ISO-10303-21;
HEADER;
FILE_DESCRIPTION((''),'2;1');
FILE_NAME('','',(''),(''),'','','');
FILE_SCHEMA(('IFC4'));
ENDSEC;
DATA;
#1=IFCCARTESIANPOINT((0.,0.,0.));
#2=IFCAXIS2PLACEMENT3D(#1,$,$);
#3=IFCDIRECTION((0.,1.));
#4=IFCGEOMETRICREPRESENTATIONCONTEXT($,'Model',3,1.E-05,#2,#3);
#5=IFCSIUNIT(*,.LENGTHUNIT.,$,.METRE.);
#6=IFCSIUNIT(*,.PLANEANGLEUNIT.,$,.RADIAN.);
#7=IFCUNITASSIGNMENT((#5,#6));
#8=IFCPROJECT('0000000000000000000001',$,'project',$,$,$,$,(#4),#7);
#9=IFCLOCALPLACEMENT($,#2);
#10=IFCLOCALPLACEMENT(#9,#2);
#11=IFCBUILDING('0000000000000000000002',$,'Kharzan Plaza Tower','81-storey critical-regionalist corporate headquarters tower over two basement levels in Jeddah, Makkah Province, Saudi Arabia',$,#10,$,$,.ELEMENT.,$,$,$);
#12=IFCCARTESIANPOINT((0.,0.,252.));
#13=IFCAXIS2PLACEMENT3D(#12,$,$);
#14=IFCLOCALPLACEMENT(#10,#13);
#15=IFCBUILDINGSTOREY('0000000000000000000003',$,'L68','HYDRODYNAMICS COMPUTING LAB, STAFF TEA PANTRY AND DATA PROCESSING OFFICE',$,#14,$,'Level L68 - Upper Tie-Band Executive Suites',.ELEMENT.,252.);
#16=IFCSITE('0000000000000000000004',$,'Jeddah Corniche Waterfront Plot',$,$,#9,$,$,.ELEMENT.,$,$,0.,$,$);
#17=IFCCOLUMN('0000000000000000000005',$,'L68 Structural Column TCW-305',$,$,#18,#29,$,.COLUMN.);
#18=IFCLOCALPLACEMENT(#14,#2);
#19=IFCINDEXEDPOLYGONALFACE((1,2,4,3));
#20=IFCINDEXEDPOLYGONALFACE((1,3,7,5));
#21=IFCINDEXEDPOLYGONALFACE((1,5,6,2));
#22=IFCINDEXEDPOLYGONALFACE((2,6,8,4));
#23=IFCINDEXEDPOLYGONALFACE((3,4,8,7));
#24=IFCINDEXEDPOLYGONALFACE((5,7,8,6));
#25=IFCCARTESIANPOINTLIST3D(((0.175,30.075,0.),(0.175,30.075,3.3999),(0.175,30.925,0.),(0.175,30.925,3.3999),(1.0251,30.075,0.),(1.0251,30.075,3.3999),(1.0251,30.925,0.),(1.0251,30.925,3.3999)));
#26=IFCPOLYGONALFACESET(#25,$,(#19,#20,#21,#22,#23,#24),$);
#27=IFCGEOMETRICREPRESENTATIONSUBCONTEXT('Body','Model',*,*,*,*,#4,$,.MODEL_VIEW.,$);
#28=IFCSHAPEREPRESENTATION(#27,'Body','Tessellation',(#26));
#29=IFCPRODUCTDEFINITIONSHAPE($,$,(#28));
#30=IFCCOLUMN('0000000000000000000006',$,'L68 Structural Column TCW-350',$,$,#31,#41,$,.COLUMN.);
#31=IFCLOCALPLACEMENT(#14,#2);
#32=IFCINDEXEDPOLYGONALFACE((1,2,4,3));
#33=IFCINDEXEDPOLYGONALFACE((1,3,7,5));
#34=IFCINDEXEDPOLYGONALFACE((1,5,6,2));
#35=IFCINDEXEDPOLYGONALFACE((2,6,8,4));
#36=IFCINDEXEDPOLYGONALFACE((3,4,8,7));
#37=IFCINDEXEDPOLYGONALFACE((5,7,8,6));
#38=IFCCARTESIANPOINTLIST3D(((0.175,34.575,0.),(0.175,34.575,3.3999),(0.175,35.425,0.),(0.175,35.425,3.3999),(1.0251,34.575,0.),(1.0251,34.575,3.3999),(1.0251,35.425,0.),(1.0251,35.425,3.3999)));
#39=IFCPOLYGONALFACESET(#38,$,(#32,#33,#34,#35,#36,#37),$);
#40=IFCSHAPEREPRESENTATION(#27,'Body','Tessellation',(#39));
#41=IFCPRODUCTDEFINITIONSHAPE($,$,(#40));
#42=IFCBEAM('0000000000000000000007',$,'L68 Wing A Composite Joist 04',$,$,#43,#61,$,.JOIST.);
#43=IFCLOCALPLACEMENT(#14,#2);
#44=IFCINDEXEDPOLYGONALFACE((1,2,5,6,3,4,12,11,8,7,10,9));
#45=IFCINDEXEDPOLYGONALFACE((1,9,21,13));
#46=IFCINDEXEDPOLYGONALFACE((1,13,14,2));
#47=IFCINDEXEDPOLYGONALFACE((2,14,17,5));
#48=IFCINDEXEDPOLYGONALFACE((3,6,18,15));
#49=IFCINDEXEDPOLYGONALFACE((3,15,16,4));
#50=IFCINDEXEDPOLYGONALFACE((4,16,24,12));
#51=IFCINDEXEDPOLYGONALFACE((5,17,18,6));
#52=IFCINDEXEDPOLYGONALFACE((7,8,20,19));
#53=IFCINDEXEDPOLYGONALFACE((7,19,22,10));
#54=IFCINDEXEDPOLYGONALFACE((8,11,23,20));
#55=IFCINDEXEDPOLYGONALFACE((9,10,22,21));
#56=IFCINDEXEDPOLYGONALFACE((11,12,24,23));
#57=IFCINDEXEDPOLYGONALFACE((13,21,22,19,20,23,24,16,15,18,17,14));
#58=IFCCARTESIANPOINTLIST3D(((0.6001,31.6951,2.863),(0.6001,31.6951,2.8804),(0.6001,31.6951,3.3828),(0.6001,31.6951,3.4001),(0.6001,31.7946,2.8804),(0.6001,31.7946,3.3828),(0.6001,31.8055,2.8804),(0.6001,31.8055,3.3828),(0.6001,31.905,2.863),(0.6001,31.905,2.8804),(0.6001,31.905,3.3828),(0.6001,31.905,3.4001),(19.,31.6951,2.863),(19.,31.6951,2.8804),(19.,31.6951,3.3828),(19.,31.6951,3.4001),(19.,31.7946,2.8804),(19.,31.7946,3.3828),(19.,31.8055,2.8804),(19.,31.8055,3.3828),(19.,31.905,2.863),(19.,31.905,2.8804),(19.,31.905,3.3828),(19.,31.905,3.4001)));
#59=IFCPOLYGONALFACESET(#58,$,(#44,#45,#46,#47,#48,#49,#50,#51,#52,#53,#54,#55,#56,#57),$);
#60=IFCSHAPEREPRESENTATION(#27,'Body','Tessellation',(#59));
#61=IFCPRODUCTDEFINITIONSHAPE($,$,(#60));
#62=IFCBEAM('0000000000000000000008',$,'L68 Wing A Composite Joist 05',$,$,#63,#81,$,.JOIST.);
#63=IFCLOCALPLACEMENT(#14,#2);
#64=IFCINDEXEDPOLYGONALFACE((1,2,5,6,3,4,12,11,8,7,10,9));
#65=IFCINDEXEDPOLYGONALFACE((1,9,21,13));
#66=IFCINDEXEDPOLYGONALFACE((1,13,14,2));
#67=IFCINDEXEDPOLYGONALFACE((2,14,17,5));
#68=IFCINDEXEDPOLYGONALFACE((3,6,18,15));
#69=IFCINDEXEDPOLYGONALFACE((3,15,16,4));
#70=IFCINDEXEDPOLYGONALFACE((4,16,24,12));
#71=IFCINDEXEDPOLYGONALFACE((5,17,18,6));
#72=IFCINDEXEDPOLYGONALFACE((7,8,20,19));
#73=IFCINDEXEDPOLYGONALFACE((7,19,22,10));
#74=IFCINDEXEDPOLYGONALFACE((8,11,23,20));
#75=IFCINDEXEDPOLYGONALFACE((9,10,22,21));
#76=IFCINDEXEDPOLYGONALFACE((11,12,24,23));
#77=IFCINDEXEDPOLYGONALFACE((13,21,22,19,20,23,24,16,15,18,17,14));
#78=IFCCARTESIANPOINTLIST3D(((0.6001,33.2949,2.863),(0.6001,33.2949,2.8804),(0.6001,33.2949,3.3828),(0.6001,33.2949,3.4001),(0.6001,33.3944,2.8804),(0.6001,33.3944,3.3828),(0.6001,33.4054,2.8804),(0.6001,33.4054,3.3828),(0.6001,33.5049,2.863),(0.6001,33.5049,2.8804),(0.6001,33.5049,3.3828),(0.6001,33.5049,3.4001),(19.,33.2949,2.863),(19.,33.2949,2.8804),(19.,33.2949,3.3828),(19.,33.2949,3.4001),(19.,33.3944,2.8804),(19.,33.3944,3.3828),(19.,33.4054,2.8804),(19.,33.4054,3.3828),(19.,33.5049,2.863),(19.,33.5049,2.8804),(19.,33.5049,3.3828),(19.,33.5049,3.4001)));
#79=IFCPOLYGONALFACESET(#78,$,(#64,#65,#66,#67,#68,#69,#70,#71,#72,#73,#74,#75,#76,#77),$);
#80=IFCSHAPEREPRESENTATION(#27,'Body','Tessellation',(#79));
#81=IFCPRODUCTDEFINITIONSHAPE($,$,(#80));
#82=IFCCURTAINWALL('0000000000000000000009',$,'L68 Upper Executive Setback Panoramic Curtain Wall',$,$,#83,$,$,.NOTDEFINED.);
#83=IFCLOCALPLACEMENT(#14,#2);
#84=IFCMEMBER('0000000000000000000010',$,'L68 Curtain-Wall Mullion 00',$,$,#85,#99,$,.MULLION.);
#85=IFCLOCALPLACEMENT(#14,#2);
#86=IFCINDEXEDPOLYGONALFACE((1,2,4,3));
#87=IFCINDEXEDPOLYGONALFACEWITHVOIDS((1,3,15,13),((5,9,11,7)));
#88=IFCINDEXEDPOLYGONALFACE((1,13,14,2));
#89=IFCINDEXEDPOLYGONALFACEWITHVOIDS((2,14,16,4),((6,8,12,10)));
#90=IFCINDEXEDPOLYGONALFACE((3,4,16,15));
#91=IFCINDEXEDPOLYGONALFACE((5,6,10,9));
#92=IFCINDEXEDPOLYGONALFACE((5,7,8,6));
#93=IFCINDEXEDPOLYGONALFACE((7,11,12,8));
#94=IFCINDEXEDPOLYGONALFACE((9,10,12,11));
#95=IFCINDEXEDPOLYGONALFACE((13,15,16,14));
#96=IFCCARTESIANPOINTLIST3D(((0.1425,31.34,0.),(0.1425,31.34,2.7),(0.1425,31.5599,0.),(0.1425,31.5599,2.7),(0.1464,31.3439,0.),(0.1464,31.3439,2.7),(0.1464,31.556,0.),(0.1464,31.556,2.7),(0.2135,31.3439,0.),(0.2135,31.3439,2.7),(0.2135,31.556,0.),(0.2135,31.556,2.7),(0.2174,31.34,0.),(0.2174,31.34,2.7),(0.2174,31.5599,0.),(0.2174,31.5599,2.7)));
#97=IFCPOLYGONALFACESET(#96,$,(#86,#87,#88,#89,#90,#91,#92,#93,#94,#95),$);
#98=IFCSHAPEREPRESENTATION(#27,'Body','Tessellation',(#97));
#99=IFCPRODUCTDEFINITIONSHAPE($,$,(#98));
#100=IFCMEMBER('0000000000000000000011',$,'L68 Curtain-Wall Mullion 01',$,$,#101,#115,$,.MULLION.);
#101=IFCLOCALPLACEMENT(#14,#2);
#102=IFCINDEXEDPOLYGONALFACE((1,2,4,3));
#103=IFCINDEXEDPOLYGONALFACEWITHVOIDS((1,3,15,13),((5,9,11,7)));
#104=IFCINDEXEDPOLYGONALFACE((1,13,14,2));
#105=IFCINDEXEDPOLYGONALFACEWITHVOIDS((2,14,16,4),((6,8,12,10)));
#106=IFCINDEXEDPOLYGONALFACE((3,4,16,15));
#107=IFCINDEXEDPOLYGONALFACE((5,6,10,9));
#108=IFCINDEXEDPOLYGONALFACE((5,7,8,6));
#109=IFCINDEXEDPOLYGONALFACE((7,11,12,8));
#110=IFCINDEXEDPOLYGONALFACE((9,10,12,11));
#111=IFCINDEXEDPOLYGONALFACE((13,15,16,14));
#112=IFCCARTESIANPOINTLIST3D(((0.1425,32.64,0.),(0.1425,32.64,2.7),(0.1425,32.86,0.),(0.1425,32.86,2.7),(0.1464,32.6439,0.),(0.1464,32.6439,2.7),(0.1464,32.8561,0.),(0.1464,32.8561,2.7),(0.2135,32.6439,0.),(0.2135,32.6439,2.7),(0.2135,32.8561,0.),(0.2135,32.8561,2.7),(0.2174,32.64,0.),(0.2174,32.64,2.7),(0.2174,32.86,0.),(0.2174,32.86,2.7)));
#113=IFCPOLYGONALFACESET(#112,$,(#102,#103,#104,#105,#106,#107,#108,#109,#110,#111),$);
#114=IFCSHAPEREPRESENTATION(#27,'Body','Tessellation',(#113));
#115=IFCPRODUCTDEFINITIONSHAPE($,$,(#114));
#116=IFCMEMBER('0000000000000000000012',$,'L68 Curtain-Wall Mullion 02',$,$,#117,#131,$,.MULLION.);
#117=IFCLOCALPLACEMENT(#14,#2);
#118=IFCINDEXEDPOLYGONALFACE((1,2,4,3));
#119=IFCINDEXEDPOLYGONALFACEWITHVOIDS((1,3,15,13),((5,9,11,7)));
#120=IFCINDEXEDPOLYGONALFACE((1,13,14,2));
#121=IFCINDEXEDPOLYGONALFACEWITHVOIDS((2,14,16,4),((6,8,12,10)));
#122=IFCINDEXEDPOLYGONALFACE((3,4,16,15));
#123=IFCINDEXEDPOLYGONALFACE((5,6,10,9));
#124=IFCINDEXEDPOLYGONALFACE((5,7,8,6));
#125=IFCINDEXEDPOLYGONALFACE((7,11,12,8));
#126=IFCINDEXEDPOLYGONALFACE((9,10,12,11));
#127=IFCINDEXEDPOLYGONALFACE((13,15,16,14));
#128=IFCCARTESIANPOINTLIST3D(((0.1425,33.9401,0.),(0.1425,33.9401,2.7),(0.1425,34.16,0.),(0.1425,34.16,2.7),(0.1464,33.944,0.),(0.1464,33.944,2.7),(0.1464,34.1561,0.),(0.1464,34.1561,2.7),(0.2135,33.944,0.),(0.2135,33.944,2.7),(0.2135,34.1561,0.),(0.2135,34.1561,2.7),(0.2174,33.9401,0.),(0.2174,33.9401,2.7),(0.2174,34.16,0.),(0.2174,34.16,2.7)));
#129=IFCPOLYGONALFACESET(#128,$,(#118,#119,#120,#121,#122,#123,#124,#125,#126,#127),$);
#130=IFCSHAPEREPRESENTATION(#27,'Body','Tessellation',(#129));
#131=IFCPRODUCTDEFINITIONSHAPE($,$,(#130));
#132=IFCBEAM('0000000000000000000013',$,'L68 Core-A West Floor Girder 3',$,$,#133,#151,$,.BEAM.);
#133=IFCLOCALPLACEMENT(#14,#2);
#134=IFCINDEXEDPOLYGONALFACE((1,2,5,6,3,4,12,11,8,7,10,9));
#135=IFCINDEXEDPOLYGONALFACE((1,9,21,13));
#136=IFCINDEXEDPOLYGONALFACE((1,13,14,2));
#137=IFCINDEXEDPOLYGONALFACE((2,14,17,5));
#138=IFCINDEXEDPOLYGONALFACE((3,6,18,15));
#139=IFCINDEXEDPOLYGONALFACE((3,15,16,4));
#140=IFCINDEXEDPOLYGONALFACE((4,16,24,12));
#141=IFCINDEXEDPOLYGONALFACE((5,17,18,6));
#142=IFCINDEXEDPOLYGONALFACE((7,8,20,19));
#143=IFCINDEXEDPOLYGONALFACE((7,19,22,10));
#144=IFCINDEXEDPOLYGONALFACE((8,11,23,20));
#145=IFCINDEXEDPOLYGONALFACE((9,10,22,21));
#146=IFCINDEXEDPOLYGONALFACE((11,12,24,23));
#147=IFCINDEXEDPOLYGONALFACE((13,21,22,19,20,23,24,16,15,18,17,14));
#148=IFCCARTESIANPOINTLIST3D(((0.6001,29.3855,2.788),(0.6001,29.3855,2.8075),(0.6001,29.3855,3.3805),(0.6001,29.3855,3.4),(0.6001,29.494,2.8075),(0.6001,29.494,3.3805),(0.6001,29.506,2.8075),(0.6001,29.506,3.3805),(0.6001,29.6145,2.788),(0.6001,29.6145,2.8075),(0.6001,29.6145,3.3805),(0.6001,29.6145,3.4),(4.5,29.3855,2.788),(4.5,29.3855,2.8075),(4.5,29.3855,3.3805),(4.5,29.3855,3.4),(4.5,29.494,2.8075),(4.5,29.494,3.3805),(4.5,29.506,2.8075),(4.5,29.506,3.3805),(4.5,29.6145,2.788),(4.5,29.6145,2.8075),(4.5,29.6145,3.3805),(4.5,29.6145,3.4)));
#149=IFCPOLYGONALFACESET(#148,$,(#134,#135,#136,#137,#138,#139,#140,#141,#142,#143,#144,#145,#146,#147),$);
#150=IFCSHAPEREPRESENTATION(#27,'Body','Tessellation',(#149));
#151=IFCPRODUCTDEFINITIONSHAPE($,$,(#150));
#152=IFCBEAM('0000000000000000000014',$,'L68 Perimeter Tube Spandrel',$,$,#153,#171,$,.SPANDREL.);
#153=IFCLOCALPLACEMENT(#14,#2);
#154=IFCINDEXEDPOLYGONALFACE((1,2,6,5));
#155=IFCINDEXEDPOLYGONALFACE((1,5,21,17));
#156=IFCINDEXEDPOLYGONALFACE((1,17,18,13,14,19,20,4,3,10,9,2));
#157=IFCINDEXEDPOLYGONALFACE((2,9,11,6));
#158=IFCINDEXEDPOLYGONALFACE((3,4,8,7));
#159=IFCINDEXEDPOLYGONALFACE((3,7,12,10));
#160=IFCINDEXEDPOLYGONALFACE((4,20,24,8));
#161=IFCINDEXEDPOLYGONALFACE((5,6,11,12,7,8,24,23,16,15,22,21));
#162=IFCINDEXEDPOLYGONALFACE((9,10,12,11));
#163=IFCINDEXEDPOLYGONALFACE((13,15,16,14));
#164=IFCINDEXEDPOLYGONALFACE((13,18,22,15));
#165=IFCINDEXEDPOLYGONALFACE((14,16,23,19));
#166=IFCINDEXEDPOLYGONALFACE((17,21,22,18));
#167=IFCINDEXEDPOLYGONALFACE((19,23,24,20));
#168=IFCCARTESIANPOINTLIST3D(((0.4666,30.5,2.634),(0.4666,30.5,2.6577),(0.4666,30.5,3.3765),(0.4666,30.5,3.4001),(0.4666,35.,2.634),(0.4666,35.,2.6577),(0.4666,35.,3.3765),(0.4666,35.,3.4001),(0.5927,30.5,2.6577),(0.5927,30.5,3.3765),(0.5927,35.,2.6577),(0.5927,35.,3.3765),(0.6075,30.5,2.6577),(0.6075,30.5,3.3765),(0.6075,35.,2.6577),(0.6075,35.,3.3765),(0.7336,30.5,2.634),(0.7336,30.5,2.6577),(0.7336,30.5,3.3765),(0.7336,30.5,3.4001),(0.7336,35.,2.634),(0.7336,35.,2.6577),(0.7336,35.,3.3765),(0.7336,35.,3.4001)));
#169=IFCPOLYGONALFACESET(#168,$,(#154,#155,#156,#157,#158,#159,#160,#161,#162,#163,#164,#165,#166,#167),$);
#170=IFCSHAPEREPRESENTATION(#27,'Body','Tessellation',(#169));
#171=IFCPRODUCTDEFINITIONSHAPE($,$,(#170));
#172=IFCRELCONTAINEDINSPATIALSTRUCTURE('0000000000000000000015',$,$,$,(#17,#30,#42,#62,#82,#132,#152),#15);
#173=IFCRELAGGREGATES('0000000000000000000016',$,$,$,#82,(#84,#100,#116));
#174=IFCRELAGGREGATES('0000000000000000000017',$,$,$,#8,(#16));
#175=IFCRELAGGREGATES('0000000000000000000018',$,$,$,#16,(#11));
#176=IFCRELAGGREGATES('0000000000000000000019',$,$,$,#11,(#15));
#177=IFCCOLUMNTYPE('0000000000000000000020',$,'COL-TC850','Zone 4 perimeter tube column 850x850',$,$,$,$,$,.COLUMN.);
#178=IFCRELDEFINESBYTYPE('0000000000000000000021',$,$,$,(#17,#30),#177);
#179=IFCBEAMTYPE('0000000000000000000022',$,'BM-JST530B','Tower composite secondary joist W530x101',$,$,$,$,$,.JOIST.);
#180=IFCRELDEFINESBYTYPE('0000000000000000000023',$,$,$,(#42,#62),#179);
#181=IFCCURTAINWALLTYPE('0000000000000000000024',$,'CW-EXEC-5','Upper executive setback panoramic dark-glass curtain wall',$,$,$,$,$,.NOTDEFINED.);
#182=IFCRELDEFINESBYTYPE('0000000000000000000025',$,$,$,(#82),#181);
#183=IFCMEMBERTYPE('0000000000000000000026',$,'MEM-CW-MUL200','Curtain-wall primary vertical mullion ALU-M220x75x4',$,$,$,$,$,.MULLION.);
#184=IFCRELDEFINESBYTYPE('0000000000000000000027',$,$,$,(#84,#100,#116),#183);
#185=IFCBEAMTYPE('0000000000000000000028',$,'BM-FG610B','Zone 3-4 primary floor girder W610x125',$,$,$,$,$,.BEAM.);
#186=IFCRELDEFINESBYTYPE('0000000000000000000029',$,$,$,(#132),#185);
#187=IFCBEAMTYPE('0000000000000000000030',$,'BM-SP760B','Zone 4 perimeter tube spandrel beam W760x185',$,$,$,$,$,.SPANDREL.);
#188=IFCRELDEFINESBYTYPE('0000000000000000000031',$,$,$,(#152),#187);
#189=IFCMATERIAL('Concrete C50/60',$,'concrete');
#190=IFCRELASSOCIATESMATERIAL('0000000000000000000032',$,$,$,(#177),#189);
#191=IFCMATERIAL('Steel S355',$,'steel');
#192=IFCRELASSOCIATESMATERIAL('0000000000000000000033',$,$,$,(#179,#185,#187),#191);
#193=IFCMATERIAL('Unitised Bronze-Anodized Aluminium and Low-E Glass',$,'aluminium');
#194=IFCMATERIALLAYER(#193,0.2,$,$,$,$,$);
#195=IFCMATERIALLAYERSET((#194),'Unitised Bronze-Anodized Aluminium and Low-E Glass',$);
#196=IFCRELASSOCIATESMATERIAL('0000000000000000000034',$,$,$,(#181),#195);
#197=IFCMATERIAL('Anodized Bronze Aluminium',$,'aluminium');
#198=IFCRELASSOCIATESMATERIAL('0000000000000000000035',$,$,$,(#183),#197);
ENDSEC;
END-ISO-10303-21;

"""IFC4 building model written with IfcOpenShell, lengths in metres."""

from ifc_helpers import new_model, si_unit, direction, frame, origin, origin_2d, place, context, subcontext, project, spatial, rectangle, hollow_rectangle, i_section, extrude, source, transform, mapped, material, layer, layer_set, material_profile, profile_set, type_object, element, aggregate, save


model = new_model("IFC4")

# Units and contexts
model_context = context("Model", 3, precision=1e-05, world=origin(), true_north=direction((0.0, 1.0)))
body_context = subcontext(model_context, "Body", "Model", "MODEL_VIEW")
ifc_project = project(units=[si_unit("LENGTHUNIT", "METRE"), si_unit("PLANEANGLEUNIT", "RADIAN")], contexts=[model_context])

# Site, building, storey
site_placement = place(None, origin())
site = spatial("IfcSite", under=ifc_project, at=site_placement, Name="Jeddah Corniche Waterfront Plot", CompositionType="ELEMENT", RefElevation=0.0)
building_placement = place(site_placement, origin())
building = spatial("IfcBuilding", under=site, at=building_placement, Name="Kharzan Plaza Tower", Description="81-storey critical-regionalist corporate headquarters tower over two basement levels in Jeddah, Makkah Province, Saudi Arabia", CompositionType="ELEMENT")
storey_placement = place(building_placement, frame((0.0, 0.0, 252.0)))
storey = spatial("IfcBuildingStorey", under=building, at=storey_placement, Name="L68", Description="HYDRODYNAMICS COMPUTING LAB, STAFF TEA PANTRY AND DATA PROCESSING OFFICE", LongName="Level L68 - Upper Tie-Band Executive Suites", CompositionType="ELEMENT", Elevation=252.0)

# Columns
ifc_material_1 = material(Name="Concrete C50/60", Category="concrete")
ifc_material_profile_1 = material_profile(ifc_material_1, rectangle(XDim=0.8501, YDim=0.8501, at=origin_2d()), Name="RC-TC850x850")
ifc_profile_set_1 = profile_set([ifc_material_profile_1], Name="Concrete C50/60")
column_type = type_object("IfcColumnType", Name="COL-TC850", Description="Zone 4 perimeter tube column 850x850", PredefinedType="COLUMN", material=ifc_profile_set_1)
shared_shape_1 = source(origin(), body_context, "Body", "SweptSolid", [
    extrude(rectangle(XDim=0.8501, YDim=0.8501, at=origin_2d()), origin(), (0.0, 0.0, 1.0), 3.3999),
])
for number, where, z_axis, x_axis, name in (
    (1, (0.6001, 30.5, 0.0), (0.0, 0.0, 1.0), (1.0, 0.0, 0.0), "L68 Structural Column TCW-305"),
    (2, (0.6001, 35.0, 0.0), (0.0, 0.0, 1.0), (1.0, 0.0, 0.0), "L68 Structural Column TCW-350"),
):
    element("IfcColumn", number, at=place(storey_placement, frame(where, z_axis=z_axis, x_axis=x_axis)), inside=storey, type_object=column_type, Name=name, PredefinedType="COLUMN", context=body_context, shape_type="MappedRepresentation", body=[
        mapped(shared_shape_1, transform((0.0, 0.0, 0.0), x_axis=(1.0, 0.0, 0.0), y_axis=(0.0, 1.0, 0.0), z_axis=(0.0, 0.0, 1.0))),
    ])

# Beams
ifc_material_2 = material(Name="Steel S355", Category="steel")
ifc_material_profile_2 = material_profile(ifc_material_2, i_section(OverallWidth=0.21, OverallDepth=0.5371, WebThickness=0.011, FlangeThickness=0.0173, at=origin_2d()), Name="W530x101")
ifc_profile_set_2 = profile_set([ifc_material_profile_2], Name="Steel S355")
beam_type_1 = type_object("IfcBeamType", Name="BM-JST530B", Description="Tower composite secondary joist W530x101", PredefinedType="JOIST", material=ifc_profile_set_2)
shared_shape_2 = source(origin(), body_context, "Body", "SweptSolid", [
    extrude(i_section(OverallWidth=0.21, OverallDepth=0.5371, WebThickness=0.011, FlangeThickness=0.0173, at=origin_2d()), origin(), (0.0, 0.0, 1.0), 18.3999),
])
for number, where, z_axis, x_axis, name in (
    (3, (0.6001, 31.8, 3.1316), (1.0, 0.0, 0.0), (0.0, 1.0, 0.0), "L68 Wing A Composite Joist 04"),
    (4, (0.6001, 33.3999, 3.1316), (1.0, 0.0, 0.0), (0.0, 1.0, 0.0), "L68 Wing A Composite Joist 05"),
):
    element("IfcBeam", number, at=place(storey_placement, frame(where, z_axis=z_axis, x_axis=x_axis)), inside=storey, type_object=beam_type_1, Name=name, PredefinedType="JOIST", context=body_context, shape_type="MappedRepresentation", body=[
        mapped(shared_shape_2, transform((0.0, 0.0, 0.0), x_axis=(1.0, 0.0, 0.0), y_axis=(0.0, 1.0, 0.0), z_axis=(0.0, 0.0, 1.0))),
    ])

# Curtain wall, members
ifc_material_3 = material(Name="Unitised Bronze-Anodized Aluminium and Low-E Glass", Category="aluminium")
ifc_layer_1 = layer(ifc_material_3, 0.2)
ifc_layer_set_1 = layer_set([ifc_layer_1], Name="Unitised Bronze-Anodized Aluminium and Low-E Glass")
curtain_wall_type = type_object("IfcCurtainWallType", Name="CW-EXEC-5", Description="Upper executive setback panoramic dark-glass curtain wall", PredefinedType="NOTDEFINED", material=ifc_layer_set_1)
curtain_wall_placement = place(storey_placement, origin())
curtain_wall = element("IfcCurtainWall", 5, at=curtain_wall_placement, inside=storey, type_object=curtain_wall_type, Name="L68 Upper Executive Setback Panoramic Curtain Wall", PredefinedType="NOTDEFINED")
ifc_material_4 = material(Name="Anodized Bronze Aluminium", Category="aluminium")
ifc_material_profile_3 = material_profile(ifc_material_4, hollow_rectangle(XDim=0.075, YDim=0.22, WallThickness=0.0039, at=origin_2d()), Name="ALU-M220x75x4")
ifc_profile_set_3 = profile_set([ifc_material_profile_3], Name="Anodized Bronze Aluminium")
member_type_1 = type_object("IfcMemberType", Name="MEM-CW-MUL200", Description="Curtain-wall primary vertical mullion ALU-M220x75x4", PredefinedType="MULLION", material=ifc_profile_set_3)
shared_shape_3 = source(origin(), body_context, "Body", "SweptSolid", [
    extrude(hollow_rectangle(XDim=0.075, YDim=0.22, WallThickness=0.0039, at=origin_2d()), origin(), (0.0, 0.0, 1.0), 2.7),
])
member_1_placement = place(storey_placement, frame((0.1799, 31.45, 0.0), z_axis=(0.0, 0.0, 1.0), x_axis=(1.0, 0.0, 0.0)))
member_1 = element("IfcMember", 6, at=member_1_placement, type_object=member_type_1, Name="L68 Curtain-Wall Mullion 00", PredefinedType="MULLION", context=body_context, shape_type="MappedRepresentation", body=[
    mapped(shared_shape_3, transform((0.0, 0.0, 0.0), x_axis=(1.0, 0.0, 0.0), y_axis=(0.0, 1.0, 0.0), z_axis=(0.0, 0.0, 1.0))),
])
member_2_placement = place(storey_placement, frame((0.1799, 32.75, 0.0), z_axis=(0.0, 0.0, 1.0), x_axis=(1.0, 0.0, 0.0)))
member_2 = element("IfcMember", 7, at=member_2_placement, type_object=member_type_1, Name="L68 Curtain-Wall Mullion 01", PredefinedType="MULLION", context=body_context, shape_type="MappedRepresentation", body=[
    mapped(shared_shape_3, transform((0.0, 0.0, 0.0), x_axis=(1.0, 0.0, 0.0), y_axis=(0.0, 1.0, 0.0), z_axis=(0.0, 0.0, 1.0))),
])
member_3_placement = place(storey_placement, frame((0.1799, 34.05, 0.0), z_axis=(0.0, 0.0, 1.0), x_axis=(1.0, 0.0, 0.0)))
member_3 = element("IfcMember", 8, at=member_3_placement, type_object=member_type_1, Name="L68 Curtain-Wall Mullion 02", PredefinedType="MULLION", context=body_context, shape_type="MappedRepresentation", body=[
    mapped(shared_shape_3, transform((0.0, 0.0, 0.0), x_axis=(1.0, 0.0, 0.0), y_axis=(0.0, 1.0, 0.0), z_axis=(0.0, 0.0, 1.0))),
])

# Beams
ifc_material_profile_4 = material_profile(ifc_material_2, i_section(OverallWidth=0.229, OverallDepth=0.6121, WebThickness=0.012, FlangeThickness=0.0195, at=origin_2d()), Name="W610x125")
ifc_profile_set_4 = profile_set([ifc_material_profile_4], Name="Steel S355")
beam_type_2 = type_object("IfcBeamType", Name="BM-FG610B", Description="Zone 3-4 primary floor girder W610x125", PredefinedType="BEAM", material=ifc_profile_set_4)
shared_shape_4 = source(origin(), body_context, "Body", "SweptSolid", [
    extrude(i_section(OverallWidth=0.229, OverallDepth=0.6121, WebThickness=0.012, FlangeThickness=0.0195, at=origin_2d()), origin(), (0.0, 0.0, 1.0), 3.8999),
])
beam_1_placement = place(storey_placement, frame((0.6001, 29.5, 3.094), z_axis=(1.0, 0.0, 0.0), x_axis=(0.0, 1.0, 0.0)))
element("IfcBeam", 9, at=beam_1_placement, inside=storey, type_object=beam_type_2, Name="L68 Core-A West Floor Girder 3", PredefinedType="BEAM", context=body_context, shape_type="MappedRepresentation", body=[
    mapped(shared_shape_4, transform((0.0, 0.0, 0.0), x_axis=(1.0, 0.0, 0.0), y_axis=(0.0, 1.0, 0.0), z_axis=(0.0, 0.0, 1.0))),
])
ifc_material_profile_5 = material_profile(ifc_material_2, i_section(OverallWidth=0.2671, OverallDepth=0.7661, WebThickness=0.0149, FlangeThickness=0.0237, at=origin_2d()), Name="W760x185")
ifc_profile_set_5 = profile_set([ifc_material_profile_5], Name="Steel S355")
beam_type_3 = type_object("IfcBeamType", Name="BM-SP760B", Description="Zone 4 perimeter tube spandrel beam W760x185", PredefinedType="SPANDREL", material=ifc_profile_set_5)
shared_shape_5 = source(origin(), body_context, "Body", "SweptSolid", [
    extrude(i_section(OverallWidth=0.2671, OverallDepth=0.7661, WebThickness=0.0149, FlangeThickness=0.0237, at=origin_2d()), origin(), (0.0, 0.0, 1.0), 4.5),
])
beam_2_placement = place(storey_placement, frame((0.6001, 30.5, 3.0171), z_axis=(0.0, 1.0, 0.0), x_axis=(-1.0, 0.0, 0.0)))
element("IfcBeam", 10, at=beam_2_placement, inside=storey, type_object=beam_type_3, Name="L68 Perimeter Tube Spandrel", PredefinedType="SPANDREL", context=body_context, shape_type="MappedRepresentation", body=[
    mapped(shared_shape_5, transform((0.0, 0.0, 0.0), x_axis=(1.0, 0.0, 0.0), y_axis=(0.0, 1.0, 0.0), z_axis=(0.0, 0.0, 1.0))),
])

aggregate(curtain_wall, [member_1, member_2, member_3])

save(model, "model.ifc")
